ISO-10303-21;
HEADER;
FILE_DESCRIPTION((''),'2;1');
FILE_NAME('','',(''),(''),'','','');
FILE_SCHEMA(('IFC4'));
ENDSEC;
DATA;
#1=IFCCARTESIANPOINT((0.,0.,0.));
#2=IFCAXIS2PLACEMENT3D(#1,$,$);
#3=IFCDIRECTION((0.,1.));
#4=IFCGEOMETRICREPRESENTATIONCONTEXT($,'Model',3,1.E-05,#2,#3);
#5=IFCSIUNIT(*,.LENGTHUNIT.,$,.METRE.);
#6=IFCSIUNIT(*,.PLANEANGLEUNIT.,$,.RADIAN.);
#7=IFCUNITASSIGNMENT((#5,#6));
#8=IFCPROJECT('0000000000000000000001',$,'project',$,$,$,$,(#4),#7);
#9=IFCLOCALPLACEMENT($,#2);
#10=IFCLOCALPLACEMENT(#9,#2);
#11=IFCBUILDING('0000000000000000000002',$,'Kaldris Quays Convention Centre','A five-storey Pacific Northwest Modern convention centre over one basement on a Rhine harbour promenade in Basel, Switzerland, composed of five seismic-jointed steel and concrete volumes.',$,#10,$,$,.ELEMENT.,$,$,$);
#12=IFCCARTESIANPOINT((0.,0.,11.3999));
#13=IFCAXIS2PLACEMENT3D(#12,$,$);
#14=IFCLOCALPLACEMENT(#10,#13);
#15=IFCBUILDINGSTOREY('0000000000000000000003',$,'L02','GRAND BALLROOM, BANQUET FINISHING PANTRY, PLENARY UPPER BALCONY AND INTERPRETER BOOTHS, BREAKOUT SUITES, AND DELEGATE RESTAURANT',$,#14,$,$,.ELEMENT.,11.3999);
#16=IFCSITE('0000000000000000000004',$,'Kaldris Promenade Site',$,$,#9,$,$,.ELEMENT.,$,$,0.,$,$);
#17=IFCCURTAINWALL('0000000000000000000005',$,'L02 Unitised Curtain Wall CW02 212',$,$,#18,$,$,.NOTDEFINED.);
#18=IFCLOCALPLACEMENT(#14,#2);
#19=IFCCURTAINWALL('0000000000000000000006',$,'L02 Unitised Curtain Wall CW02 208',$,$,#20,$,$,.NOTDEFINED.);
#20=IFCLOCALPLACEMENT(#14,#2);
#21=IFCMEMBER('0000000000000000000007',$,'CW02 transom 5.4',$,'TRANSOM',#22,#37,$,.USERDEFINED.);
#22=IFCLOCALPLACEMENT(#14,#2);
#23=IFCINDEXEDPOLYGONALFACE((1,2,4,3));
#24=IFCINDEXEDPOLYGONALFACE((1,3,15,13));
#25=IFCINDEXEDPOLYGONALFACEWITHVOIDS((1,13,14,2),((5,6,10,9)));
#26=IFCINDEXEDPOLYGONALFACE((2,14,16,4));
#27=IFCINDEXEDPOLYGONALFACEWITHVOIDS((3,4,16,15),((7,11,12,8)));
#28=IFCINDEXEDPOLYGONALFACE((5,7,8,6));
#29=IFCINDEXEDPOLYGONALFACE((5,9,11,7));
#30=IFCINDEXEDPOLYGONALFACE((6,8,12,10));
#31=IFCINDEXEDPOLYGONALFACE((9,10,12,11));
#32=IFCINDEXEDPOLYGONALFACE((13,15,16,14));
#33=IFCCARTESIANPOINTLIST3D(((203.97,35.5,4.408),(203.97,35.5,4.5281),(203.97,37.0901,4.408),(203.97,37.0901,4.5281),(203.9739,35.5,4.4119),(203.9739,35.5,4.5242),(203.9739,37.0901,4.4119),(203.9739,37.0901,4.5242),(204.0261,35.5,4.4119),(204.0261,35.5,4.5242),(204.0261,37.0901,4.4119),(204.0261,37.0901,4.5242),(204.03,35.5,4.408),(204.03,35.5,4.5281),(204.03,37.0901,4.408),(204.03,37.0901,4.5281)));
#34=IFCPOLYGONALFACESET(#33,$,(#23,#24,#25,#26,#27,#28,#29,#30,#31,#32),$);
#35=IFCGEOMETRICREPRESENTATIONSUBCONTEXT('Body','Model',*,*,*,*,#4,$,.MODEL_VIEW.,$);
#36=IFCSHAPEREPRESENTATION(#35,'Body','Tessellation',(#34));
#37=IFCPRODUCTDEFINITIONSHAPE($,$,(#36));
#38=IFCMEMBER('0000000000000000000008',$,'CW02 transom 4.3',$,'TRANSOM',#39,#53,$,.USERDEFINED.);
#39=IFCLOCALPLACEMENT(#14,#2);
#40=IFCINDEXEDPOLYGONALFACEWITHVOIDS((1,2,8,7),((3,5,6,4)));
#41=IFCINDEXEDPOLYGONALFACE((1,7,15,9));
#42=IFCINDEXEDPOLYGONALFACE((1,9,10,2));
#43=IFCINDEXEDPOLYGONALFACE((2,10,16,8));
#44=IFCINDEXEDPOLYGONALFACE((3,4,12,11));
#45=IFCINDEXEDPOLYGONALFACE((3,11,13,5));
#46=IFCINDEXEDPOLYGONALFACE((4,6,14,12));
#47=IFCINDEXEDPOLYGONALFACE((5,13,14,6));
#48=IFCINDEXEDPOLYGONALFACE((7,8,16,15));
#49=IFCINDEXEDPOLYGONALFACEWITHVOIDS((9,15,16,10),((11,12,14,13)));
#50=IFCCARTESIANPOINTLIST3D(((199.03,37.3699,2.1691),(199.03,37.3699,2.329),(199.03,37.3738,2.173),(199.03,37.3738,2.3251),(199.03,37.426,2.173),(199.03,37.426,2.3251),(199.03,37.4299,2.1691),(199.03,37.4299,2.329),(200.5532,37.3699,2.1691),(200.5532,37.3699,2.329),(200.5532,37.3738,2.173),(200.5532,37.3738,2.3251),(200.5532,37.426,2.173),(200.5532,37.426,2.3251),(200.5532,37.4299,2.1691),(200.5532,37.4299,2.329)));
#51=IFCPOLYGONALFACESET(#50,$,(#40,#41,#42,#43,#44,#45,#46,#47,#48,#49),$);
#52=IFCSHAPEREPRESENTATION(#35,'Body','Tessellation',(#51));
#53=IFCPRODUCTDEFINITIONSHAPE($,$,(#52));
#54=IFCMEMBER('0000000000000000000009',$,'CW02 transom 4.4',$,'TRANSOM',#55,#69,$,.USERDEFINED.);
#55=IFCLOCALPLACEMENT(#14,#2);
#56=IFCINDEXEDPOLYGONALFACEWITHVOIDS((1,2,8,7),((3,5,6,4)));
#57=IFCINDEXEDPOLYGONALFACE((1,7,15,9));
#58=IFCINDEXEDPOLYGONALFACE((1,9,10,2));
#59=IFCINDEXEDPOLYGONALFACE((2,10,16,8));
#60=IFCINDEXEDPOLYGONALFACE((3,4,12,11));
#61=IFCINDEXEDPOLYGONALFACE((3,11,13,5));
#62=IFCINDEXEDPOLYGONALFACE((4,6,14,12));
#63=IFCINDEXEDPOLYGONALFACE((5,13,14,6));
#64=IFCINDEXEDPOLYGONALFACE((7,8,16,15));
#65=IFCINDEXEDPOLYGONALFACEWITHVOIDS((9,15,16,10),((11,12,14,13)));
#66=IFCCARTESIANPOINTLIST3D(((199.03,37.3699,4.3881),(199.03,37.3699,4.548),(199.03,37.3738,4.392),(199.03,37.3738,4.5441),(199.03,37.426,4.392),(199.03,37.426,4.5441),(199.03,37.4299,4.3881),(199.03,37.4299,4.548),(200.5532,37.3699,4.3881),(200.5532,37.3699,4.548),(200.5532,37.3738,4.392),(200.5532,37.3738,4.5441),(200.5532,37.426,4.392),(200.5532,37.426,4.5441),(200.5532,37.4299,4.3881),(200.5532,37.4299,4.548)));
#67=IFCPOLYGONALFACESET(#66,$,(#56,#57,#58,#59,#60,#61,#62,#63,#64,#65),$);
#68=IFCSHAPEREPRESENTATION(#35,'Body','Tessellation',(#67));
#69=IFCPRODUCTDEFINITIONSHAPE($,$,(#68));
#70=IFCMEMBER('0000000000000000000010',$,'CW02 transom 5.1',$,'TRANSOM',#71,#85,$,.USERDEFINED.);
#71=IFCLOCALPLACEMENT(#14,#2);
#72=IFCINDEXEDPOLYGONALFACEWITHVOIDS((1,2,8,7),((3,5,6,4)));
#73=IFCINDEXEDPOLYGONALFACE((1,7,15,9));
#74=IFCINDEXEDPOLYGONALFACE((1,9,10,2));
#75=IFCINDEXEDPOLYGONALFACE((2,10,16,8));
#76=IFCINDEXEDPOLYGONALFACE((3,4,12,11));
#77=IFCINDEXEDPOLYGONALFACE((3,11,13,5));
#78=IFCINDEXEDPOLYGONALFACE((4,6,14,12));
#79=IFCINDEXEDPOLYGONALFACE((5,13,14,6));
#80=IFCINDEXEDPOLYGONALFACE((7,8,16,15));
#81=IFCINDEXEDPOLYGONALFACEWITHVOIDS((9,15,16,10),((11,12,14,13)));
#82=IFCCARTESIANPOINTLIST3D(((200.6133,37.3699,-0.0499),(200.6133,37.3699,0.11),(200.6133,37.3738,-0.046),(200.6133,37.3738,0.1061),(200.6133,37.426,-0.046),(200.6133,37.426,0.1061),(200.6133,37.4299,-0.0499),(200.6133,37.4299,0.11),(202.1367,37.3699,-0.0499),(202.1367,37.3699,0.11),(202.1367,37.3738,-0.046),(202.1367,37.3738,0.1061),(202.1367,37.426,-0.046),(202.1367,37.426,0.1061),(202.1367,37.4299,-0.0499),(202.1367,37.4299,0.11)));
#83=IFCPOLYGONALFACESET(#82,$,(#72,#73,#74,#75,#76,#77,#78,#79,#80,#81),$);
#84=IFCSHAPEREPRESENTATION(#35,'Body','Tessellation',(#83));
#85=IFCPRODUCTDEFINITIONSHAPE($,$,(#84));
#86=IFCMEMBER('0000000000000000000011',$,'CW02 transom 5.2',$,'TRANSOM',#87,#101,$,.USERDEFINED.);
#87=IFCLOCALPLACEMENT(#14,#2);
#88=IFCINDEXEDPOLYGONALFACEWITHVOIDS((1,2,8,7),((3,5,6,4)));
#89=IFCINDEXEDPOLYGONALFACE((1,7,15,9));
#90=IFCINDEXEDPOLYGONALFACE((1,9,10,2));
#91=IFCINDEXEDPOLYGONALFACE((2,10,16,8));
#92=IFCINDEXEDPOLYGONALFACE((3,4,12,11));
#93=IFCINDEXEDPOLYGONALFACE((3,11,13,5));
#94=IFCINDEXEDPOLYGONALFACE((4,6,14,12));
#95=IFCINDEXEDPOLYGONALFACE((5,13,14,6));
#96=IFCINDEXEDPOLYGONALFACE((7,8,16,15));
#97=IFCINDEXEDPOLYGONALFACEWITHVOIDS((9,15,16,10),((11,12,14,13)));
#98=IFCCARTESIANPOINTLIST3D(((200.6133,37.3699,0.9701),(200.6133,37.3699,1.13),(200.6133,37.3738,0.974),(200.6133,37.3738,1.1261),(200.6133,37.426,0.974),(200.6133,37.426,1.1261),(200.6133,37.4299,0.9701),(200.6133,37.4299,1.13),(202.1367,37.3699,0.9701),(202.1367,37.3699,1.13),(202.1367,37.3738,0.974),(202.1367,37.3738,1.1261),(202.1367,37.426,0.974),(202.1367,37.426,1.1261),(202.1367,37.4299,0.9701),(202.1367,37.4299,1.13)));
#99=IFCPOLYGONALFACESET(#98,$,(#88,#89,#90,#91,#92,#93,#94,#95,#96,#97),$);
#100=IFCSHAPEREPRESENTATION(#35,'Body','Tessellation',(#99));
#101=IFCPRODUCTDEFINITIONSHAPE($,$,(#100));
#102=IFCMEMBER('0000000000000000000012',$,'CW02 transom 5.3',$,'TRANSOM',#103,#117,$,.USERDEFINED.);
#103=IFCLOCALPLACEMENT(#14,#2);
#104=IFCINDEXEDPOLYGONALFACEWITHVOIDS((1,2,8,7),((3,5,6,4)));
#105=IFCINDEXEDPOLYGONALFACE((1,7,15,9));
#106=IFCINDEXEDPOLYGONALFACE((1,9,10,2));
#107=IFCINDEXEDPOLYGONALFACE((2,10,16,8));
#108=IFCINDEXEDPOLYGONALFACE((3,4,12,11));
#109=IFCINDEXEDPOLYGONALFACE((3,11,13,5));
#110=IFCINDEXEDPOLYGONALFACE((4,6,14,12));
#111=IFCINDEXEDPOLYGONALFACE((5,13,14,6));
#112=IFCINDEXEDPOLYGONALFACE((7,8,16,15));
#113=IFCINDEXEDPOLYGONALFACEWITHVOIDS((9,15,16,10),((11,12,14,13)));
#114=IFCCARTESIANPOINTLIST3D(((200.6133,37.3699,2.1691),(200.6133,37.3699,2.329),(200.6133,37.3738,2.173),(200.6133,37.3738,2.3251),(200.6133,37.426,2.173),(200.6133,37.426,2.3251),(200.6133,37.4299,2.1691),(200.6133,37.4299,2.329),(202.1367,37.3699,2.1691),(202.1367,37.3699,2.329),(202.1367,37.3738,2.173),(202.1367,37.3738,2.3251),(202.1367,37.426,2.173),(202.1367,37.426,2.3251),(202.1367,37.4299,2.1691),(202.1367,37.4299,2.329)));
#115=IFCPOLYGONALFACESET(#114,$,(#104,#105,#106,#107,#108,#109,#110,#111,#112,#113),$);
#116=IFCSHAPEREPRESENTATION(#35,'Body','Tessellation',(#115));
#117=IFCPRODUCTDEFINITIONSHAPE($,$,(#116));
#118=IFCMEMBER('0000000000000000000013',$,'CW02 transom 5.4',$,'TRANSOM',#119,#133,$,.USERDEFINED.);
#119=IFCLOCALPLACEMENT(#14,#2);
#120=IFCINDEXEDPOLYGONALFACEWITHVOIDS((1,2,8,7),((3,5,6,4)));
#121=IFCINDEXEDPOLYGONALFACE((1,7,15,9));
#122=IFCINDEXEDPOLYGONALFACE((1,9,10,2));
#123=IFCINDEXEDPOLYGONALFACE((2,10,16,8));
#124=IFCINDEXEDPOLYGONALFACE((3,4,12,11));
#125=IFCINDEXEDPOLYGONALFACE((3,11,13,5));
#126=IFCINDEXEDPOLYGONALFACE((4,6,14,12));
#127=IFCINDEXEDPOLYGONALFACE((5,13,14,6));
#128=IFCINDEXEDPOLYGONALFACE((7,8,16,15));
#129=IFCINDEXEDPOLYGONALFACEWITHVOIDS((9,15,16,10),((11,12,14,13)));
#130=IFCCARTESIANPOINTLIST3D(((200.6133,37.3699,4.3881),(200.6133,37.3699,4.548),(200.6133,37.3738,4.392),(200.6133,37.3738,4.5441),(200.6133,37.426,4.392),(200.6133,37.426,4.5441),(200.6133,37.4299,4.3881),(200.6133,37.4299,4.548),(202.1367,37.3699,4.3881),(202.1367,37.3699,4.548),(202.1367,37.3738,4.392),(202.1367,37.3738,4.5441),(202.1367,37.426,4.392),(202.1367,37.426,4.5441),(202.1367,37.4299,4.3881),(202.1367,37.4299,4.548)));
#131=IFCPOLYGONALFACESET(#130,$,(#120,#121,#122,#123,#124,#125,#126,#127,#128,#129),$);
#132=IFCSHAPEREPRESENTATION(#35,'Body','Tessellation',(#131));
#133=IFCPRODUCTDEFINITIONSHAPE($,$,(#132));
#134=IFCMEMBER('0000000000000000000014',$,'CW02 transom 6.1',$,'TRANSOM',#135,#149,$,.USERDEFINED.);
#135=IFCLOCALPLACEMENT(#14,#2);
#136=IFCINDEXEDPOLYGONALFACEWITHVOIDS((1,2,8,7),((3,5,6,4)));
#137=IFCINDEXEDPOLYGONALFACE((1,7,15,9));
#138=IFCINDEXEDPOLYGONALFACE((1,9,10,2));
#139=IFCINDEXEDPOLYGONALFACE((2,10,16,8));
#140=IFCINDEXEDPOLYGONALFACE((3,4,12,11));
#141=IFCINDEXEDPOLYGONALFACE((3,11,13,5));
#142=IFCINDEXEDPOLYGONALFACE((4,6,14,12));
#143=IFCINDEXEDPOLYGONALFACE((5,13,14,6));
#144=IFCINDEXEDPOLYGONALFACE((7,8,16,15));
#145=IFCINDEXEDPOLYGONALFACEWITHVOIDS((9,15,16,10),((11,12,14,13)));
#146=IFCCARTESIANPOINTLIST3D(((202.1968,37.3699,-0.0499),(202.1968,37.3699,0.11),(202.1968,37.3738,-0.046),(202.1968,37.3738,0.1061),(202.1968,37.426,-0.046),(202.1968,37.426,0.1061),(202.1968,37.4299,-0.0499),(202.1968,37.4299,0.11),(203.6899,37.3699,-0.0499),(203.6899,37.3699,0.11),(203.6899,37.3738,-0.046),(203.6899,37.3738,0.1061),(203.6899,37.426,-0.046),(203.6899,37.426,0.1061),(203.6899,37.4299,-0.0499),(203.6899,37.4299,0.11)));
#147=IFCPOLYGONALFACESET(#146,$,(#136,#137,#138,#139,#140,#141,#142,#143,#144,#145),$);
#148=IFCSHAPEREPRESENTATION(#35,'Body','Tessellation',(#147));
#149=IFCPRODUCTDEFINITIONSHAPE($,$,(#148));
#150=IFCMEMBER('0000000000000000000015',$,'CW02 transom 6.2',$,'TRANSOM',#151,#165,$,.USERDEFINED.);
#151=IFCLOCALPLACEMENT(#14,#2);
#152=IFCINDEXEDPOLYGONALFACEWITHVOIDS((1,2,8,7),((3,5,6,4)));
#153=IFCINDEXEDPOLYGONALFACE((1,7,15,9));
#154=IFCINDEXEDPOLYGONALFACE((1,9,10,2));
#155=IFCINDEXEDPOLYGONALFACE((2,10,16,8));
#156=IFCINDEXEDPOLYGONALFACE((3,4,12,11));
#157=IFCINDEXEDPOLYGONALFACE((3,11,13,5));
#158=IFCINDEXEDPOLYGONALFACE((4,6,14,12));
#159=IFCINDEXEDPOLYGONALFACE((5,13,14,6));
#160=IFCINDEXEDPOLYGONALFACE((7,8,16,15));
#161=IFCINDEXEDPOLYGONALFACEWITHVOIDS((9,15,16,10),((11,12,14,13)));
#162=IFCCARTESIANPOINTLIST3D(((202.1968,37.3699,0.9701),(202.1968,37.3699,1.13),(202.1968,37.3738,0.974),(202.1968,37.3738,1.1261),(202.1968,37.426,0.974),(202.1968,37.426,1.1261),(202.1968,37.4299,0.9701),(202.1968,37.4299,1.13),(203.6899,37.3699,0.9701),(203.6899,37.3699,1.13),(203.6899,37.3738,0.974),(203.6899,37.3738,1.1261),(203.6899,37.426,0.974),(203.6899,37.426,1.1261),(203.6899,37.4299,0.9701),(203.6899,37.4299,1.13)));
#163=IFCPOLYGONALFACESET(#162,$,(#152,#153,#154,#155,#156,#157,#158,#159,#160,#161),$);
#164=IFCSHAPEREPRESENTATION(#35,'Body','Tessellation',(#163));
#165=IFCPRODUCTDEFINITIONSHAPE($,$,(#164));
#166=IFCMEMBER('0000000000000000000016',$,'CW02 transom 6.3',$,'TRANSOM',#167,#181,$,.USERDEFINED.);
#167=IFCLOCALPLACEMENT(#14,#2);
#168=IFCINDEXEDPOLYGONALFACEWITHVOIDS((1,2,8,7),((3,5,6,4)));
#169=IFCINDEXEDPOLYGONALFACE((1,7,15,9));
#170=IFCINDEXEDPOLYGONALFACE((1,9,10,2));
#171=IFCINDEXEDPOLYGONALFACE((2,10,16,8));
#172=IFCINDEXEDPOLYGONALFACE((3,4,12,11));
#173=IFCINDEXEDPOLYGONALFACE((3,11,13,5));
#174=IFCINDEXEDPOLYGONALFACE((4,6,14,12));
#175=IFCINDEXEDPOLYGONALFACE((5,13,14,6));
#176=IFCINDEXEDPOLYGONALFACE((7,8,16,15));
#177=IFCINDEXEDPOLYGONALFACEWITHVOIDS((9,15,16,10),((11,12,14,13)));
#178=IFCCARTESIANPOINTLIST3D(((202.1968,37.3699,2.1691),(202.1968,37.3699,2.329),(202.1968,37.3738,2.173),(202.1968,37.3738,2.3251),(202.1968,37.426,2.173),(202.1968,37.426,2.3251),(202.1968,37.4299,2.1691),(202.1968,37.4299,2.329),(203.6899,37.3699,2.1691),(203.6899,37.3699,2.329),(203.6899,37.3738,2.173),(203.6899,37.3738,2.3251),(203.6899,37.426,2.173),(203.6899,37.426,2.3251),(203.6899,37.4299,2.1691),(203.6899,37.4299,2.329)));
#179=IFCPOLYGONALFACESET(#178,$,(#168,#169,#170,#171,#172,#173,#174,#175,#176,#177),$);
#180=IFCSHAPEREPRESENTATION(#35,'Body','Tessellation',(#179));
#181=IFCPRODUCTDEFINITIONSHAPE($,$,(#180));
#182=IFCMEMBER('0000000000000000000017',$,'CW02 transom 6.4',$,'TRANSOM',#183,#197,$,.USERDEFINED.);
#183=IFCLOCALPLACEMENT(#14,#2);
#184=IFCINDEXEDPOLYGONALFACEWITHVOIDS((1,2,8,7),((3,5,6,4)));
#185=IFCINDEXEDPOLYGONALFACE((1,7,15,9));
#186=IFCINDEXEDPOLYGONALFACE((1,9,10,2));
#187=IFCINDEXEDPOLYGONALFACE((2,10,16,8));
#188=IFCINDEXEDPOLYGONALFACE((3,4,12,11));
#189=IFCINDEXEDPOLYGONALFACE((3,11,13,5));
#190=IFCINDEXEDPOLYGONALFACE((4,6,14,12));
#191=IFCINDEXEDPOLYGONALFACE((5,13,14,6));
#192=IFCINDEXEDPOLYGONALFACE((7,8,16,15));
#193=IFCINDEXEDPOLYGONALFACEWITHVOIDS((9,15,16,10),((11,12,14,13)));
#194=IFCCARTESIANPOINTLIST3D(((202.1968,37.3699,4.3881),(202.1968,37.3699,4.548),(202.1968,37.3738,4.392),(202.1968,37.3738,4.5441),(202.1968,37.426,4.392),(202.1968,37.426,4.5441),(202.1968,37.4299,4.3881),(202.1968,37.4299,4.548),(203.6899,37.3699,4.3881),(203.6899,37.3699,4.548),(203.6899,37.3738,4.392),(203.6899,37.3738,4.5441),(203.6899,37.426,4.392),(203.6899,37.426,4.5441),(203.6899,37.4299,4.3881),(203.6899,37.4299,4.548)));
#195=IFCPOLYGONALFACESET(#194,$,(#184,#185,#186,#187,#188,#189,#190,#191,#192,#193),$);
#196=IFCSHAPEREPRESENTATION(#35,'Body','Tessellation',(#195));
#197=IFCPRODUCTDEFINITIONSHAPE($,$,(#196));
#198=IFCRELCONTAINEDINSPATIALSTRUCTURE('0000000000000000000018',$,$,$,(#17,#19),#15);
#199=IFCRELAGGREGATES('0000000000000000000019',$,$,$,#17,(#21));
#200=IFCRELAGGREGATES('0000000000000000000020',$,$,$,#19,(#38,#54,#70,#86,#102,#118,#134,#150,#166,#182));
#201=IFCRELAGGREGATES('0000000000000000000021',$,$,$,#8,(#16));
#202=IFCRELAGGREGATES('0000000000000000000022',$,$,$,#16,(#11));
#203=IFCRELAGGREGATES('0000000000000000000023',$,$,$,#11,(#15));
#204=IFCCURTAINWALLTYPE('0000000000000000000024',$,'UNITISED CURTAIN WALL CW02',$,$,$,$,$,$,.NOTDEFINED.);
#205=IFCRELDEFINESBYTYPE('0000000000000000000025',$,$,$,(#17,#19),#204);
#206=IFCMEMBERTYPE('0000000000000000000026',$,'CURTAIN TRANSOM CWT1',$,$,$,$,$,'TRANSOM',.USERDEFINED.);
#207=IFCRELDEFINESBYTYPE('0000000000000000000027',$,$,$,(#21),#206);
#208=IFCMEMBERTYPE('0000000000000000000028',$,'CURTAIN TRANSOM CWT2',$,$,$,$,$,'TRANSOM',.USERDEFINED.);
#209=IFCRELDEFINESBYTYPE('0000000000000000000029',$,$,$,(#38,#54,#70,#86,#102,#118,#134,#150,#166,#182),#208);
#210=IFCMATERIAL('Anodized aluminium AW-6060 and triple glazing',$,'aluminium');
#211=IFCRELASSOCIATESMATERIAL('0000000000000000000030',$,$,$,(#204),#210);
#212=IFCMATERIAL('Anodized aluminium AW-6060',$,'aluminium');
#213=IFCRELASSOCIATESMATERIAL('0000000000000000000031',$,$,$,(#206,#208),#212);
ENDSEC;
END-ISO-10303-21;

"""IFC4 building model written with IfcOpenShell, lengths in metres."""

from ifc_helpers import new_model, si_unit, direction, frame, origin, origin_2d, place, context, subcontext, project, spatial, hollow_rectangle, extrude, material, material_profile, profile_set, type_object, element, aggregate, save


model = new_model("IFC4")

# Units and contexts
model_context = context("Model", 3, precision=1e-05, world=origin(), true_north=direction((0.0, 1.0)))
body_context = subcontext(model_context, "Body", "Model", "MODEL_VIEW")
ifc_project = project(units=[si_unit("LENGTHUNIT", "METRE"), si_unit("PLANEANGLEUNIT", "RADIAN")], contexts=[model_context])

# Site, building, storey
site_placement = place(None, origin())
site = spatial("IfcSite", under=ifc_project, at=site_placement, Name="Kaldris Promenade Site", CompositionType="ELEMENT", RefElevation=0.0)
building_placement = place(site_placement, origin())
building = spatial("IfcBuilding", under=site, at=building_placement, Name="Kaldris Quays Convention Centre", Description="A five-storey Pacific Northwest Modern convention centre over one basement on a Rhine harbour promenade in Basel, Switzerland, composed of five seismic-jointed steel and concrete volumes.", CompositionType="ELEMENT")
storey_placement = place(building_placement, frame((0.0, 0.0, 11.3999)))
storey = spatial("IfcBuildingStorey", under=building, at=storey_placement, Name="L02", Description="GRAND BALLROOM, BANQUET FINISHING PANTRY, PLENARY UPPER BALCONY AND INTERPRETER BOOTHS, BREAKOUT SUITES, AND DELEGATE RESTAURANT", CompositionType="ELEMENT", Elevation=11.3999)

# Curtain walls
ifc_material_1 = material(Name="Anodized aluminium AW-6060 and triple glazing", Category="aluminium")
curtain_wall_type = type_object("IfcCurtainWallType", Name="UNITISED CURTAIN WALL CW02", PredefinedType="NOTDEFINED", material=ifc_material_1)
curtain_wall_1_placement = place(storey_placement, origin())
curtain_wall_1 = element("IfcCurtainWall", 1, at=curtain_wall_1_placement, inside=storey, type_object=curtain_wall_type, Name="L02 Unitised Curtain Wall CW02 212", PredefinedType="NOTDEFINED")
ifc_material_2 = material(Name="Anodized aluminium AW-6060", Category="aluminium")
curtain_wall_2_placement = place(storey_placement, origin())
curtain_wall_2 = element("IfcCurtainWall", 2, at=curtain_wall_2_placement, inside=storey, type_object=curtain_wall_type, Name="L02 Unitised Curtain Wall CW02 208", PredefinedType="NOTDEFINED")

# Members
ifc_material_profile_1 = material_profile(ifc_material_2, hollow_rectangle(XDim=0.0601, YDim=0.1201, WallThickness=0.0039, at=origin_2d()), Name="RHS 120x60x4")
ifc_profile_set_1 = profile_set([ifc_material_profile_1], Name="Anodized aluminium AW-6060")
member_type_1 = type_object("IfcMemberType", Name="CURTAIN TRANSOM CWT1", ElementType="TRANSOM", PredefinedType="USERDEFINED", material=ifc_profile_set_1)
member_1_placement = place(storey_placement, frame((204.0, 35.5, 4.468), z_axis=(0.0, 1.0, 0.0), x_axis=(-1.0, 0.0, 0.0)))
member_1 = element("IfcMember", 3, at=member_1_placement, type_object=member_type_1, Name="CW02 transom 5.4", ObjectType="TRANSOM", PredefinedType="USERDEFINED", context=body_context, shape_type="SweptSolid", body=[
    extrude(hollow_rectangle(XDim=0.0601, YDim=0.1201, WallThickness=0.0039, at=origin_2d()), origin(), (0.0, 0.0, 1.0), 1.5901),
])
ifc_material_profile_2 = material_profile(ifc_material_2, hollow_rectangle(XDim=0.0601, YDim=0.1599, WallThickness=0.0039, at=origin_2d()), Name="RHS 160x60x4")
ifc_profile_set_2 = profile_set([ifc_material_profile_2], Name="Anodized aluminium AW-6060")
member_type_2 = type_object("IfcMemberType", Name="CURTAIN TRANSOM CWT2", ElementType="TRANSOM", PredefinedType="USERDEFINED", material=ifc_profile_set_2)
member_2_placement = place(storey_placement, frame((199.03, 37.3999, 2.249), z_axis=(1.0, 0.0, 0.0), x_axis=(0.0, 1.0, 0.0)))
member_2 = element("IfcMember", 4, at=member_2_placement, type_object=member_type_2, Name="CW02 transom 4.3", ObjectType="TRANSOM", PredefinedType="USERDEFINED", context=body_context, shape_type="SweptSolid", body=[
    extrude(hollow_rectangle(XDim=0.0601, YDim=0.1599, WallThickness=0.0039, at=origin_2d()), origin(), (0.0, 0.0, 1.0), 1.5232),
])
member_3_placement = place(storey_placement, frame((199.03, 37.3999, 4.468), z_axis=(1.0, 0.0, 0.0), x_axis=(0.0, 1.0, 0.0)))
member_3 = element("IfcMember", 5, at=member_3_placement, type_object=member_type_2, Name="CW02 transom 4.4", ObjectType="TRANSOM", PredefinedType="USERDEFINED", context=body_context, shape_type="SweptSolid", body=[
    extrude(hollow_rectangle(XDim=0.0601, YDim=0.1599, WallThickness=0.0039, at=origin_2d()), origin(), (0.0, 0.0, 1.0), 1.5232),
])
member_4_placement = place(storey_placement, frame((200.6133, 37.3999, 0.03), z_axis=(1.0, 0.0, 0.0), x_axis=(0.0, 1.0, 0.0)))
member_4 = element("IfcMember", 6, at=member_4_placement, type_object=member_type_2, Name="CW02 transom 5.1", ObjectType="TRANSOM", PredefinedType="USERDEFINED", context=body_context, shape_type="SweptSolid", body=[
    extrude(hollow_rectangle(XDim=0.0601, YDim=0.1599, WallThickness=0.0039, at=origin_2d()), origin(), (0.0, 0.0, 1.0), 1.5234),
])
member_5_placement = place(storey_placement, frame((200.6133, 37.3999, 1.05), z_axis=(1.0, 0.0, 0.0), x_axis=(0.0, 1.0, 0.0)))
member_5 = element("IfcMember", 7, at=member_5_placement, type_object=member_type_2, Name="CW02 transom 5.2", ObjectType="TRANSOM", PredefinedType="USERDEFINED", context=body_context, shape_type="SweptSolid", body=[
    extrude(hollow_rectangle(XDim=0.0601, YDim=0.1599, WallThickness=0.0039, at=origin_2d()), origin(), (0.0, 0.0, 1.0), 1.5234),
])
member_6_placement = place(storey_placement, frame((200.6133, 37.3999, 2.249), z_axis=(1.0, 0.0, 0.0), x_axis=(0.0, 1.0, 0.0)))
member_6 = element("IfcMember", 8, at=member_6_placement, type_object=member_type_2, Name="CW02 transom 5.3", ObjectType="TRANSOM", PredefinedType="USERDEFINED", context=body_context, shape_type="SweptSolid", body=[
    extrude(hollow_rectangle(XDim=0.0601, YDim=0.1599, WallThickness=0.0039, at=origin_2d()), origin(), (0.0, 0.0, 1.0), 1.5234),
])
member_7_placement = place(storey_placement, frame((200.6133, 37.3999, 4.468), z_axis=(1.0, 0.0, 0.0), x_axis=(0.0, 1.0, 0.0)))
member_7 = element("IfcMember", 9, at=member_7_placement, type_object=member_type_2, Name="CW02 transom 5.4", ObjectType="TRANSOM", PredefinedType="USERDEFINED", context=body_context, shape_type="SweptSolid", body=[
    extrude(hollow_rectangle(XDim=0.0601, YDim=0.1599, WallThickness=0.0039, at=origin_2d()), origin(), (0.0, 0.0, 1.0), 1.5234),
])
member_8_placement = place(storey_placement, frame((202.1968, 37.3999, 0.03), z_axis=(1.0, 0.0, 0.0), x_axis=(0.0, 1.0, 0.0)))
member_8 = element("IfcMember", 10, at=member_8_placement, type_object=member_type_2, Name="CW02 transom 6.1", ObjectType="TRANSOM", PredefinedType="USERDEFINED", context=body_context, shape_type="SweptSolid", body=[
    extrude(hollow_rectangle(XDim=0.0601, YDim=0.1599, WallThickness=0.0039, at=origin_2d()), origin(), (0.0, 0.0, 1.0), 1.4932),
])
member_9_placement = place(storey_placement, frame((202.1968, 37.3999, 1.05), z_axis=(1.0, 0.0, 0.0), x_axis=(0.0, 1.0, 0.0)))
member_9 = element("IfcMember", 11, at=member_9_placement, type_object=member_type_2, Name="CW02 transom 6.2", ObjectType="TRANSOM", PredefinedType="USERDEFINED", context=body_context, shape_type="SweptSolid", body=[
    extrude(hollow_rectangle(XDim=0.0601, YDim=0.1599, WallThickness=0.0039, at=origin_2d()), origin(), (0.0, 0.0, 1.0), 1.4932),
])
member_10_placement = place(storey_placement, frame((202.1968, 37.3999, 2.249), z_axis=(1.0, 0.0, 0.0), x_axis=(0.0, 1.0, 0.0)))
member_10 = element("IfcMember", 12, at=member_10_placement, type_object=member_type_2, Name="CW02 transom 6.3", ObjectType="TRANSOM", PredefinedType="USERDEFINED", context=body_context, shape_type="SweptSolid", body=[
    extrude(hollow_rectangle(XDim=0.0601, YDim=0.1599, WallThickness=0.0039, at=origin_2d()), origin(), (0.0, 0.0, 1.0), 1.4932),
])
member_11_placement = place(storey_placement, frame((202.1968, 37.3999, 4.468), z_axis=(1.0, 0.0, 0.0), x_axis=(0.0, 1.0, 0.0)))
member_11 = element("IfcMember", 13, at=member_11_placement, type_object=member_type_2, Name="CW02 transom 6.4", ObjectType="TRANSOM", PredefinedType="USERDEFINED", context=body_context, shape_type="SweptSolid", body=[
    extrude(hollow_rectangle(XDim=0.0601, YDim=0.1599, WallThickness=0.0039, at=origin_2d()), origin(), (0.0, 0.0, 1.0), 1.4932),
])

aggregate(curtain_wall_1, [member_1])
aggregate(curtain_wall_2, [member_2, member_3, member_4, member_5, member_6, member_7, member_8, member_9, member_10, member_11])

save(model, "model.ifc")
